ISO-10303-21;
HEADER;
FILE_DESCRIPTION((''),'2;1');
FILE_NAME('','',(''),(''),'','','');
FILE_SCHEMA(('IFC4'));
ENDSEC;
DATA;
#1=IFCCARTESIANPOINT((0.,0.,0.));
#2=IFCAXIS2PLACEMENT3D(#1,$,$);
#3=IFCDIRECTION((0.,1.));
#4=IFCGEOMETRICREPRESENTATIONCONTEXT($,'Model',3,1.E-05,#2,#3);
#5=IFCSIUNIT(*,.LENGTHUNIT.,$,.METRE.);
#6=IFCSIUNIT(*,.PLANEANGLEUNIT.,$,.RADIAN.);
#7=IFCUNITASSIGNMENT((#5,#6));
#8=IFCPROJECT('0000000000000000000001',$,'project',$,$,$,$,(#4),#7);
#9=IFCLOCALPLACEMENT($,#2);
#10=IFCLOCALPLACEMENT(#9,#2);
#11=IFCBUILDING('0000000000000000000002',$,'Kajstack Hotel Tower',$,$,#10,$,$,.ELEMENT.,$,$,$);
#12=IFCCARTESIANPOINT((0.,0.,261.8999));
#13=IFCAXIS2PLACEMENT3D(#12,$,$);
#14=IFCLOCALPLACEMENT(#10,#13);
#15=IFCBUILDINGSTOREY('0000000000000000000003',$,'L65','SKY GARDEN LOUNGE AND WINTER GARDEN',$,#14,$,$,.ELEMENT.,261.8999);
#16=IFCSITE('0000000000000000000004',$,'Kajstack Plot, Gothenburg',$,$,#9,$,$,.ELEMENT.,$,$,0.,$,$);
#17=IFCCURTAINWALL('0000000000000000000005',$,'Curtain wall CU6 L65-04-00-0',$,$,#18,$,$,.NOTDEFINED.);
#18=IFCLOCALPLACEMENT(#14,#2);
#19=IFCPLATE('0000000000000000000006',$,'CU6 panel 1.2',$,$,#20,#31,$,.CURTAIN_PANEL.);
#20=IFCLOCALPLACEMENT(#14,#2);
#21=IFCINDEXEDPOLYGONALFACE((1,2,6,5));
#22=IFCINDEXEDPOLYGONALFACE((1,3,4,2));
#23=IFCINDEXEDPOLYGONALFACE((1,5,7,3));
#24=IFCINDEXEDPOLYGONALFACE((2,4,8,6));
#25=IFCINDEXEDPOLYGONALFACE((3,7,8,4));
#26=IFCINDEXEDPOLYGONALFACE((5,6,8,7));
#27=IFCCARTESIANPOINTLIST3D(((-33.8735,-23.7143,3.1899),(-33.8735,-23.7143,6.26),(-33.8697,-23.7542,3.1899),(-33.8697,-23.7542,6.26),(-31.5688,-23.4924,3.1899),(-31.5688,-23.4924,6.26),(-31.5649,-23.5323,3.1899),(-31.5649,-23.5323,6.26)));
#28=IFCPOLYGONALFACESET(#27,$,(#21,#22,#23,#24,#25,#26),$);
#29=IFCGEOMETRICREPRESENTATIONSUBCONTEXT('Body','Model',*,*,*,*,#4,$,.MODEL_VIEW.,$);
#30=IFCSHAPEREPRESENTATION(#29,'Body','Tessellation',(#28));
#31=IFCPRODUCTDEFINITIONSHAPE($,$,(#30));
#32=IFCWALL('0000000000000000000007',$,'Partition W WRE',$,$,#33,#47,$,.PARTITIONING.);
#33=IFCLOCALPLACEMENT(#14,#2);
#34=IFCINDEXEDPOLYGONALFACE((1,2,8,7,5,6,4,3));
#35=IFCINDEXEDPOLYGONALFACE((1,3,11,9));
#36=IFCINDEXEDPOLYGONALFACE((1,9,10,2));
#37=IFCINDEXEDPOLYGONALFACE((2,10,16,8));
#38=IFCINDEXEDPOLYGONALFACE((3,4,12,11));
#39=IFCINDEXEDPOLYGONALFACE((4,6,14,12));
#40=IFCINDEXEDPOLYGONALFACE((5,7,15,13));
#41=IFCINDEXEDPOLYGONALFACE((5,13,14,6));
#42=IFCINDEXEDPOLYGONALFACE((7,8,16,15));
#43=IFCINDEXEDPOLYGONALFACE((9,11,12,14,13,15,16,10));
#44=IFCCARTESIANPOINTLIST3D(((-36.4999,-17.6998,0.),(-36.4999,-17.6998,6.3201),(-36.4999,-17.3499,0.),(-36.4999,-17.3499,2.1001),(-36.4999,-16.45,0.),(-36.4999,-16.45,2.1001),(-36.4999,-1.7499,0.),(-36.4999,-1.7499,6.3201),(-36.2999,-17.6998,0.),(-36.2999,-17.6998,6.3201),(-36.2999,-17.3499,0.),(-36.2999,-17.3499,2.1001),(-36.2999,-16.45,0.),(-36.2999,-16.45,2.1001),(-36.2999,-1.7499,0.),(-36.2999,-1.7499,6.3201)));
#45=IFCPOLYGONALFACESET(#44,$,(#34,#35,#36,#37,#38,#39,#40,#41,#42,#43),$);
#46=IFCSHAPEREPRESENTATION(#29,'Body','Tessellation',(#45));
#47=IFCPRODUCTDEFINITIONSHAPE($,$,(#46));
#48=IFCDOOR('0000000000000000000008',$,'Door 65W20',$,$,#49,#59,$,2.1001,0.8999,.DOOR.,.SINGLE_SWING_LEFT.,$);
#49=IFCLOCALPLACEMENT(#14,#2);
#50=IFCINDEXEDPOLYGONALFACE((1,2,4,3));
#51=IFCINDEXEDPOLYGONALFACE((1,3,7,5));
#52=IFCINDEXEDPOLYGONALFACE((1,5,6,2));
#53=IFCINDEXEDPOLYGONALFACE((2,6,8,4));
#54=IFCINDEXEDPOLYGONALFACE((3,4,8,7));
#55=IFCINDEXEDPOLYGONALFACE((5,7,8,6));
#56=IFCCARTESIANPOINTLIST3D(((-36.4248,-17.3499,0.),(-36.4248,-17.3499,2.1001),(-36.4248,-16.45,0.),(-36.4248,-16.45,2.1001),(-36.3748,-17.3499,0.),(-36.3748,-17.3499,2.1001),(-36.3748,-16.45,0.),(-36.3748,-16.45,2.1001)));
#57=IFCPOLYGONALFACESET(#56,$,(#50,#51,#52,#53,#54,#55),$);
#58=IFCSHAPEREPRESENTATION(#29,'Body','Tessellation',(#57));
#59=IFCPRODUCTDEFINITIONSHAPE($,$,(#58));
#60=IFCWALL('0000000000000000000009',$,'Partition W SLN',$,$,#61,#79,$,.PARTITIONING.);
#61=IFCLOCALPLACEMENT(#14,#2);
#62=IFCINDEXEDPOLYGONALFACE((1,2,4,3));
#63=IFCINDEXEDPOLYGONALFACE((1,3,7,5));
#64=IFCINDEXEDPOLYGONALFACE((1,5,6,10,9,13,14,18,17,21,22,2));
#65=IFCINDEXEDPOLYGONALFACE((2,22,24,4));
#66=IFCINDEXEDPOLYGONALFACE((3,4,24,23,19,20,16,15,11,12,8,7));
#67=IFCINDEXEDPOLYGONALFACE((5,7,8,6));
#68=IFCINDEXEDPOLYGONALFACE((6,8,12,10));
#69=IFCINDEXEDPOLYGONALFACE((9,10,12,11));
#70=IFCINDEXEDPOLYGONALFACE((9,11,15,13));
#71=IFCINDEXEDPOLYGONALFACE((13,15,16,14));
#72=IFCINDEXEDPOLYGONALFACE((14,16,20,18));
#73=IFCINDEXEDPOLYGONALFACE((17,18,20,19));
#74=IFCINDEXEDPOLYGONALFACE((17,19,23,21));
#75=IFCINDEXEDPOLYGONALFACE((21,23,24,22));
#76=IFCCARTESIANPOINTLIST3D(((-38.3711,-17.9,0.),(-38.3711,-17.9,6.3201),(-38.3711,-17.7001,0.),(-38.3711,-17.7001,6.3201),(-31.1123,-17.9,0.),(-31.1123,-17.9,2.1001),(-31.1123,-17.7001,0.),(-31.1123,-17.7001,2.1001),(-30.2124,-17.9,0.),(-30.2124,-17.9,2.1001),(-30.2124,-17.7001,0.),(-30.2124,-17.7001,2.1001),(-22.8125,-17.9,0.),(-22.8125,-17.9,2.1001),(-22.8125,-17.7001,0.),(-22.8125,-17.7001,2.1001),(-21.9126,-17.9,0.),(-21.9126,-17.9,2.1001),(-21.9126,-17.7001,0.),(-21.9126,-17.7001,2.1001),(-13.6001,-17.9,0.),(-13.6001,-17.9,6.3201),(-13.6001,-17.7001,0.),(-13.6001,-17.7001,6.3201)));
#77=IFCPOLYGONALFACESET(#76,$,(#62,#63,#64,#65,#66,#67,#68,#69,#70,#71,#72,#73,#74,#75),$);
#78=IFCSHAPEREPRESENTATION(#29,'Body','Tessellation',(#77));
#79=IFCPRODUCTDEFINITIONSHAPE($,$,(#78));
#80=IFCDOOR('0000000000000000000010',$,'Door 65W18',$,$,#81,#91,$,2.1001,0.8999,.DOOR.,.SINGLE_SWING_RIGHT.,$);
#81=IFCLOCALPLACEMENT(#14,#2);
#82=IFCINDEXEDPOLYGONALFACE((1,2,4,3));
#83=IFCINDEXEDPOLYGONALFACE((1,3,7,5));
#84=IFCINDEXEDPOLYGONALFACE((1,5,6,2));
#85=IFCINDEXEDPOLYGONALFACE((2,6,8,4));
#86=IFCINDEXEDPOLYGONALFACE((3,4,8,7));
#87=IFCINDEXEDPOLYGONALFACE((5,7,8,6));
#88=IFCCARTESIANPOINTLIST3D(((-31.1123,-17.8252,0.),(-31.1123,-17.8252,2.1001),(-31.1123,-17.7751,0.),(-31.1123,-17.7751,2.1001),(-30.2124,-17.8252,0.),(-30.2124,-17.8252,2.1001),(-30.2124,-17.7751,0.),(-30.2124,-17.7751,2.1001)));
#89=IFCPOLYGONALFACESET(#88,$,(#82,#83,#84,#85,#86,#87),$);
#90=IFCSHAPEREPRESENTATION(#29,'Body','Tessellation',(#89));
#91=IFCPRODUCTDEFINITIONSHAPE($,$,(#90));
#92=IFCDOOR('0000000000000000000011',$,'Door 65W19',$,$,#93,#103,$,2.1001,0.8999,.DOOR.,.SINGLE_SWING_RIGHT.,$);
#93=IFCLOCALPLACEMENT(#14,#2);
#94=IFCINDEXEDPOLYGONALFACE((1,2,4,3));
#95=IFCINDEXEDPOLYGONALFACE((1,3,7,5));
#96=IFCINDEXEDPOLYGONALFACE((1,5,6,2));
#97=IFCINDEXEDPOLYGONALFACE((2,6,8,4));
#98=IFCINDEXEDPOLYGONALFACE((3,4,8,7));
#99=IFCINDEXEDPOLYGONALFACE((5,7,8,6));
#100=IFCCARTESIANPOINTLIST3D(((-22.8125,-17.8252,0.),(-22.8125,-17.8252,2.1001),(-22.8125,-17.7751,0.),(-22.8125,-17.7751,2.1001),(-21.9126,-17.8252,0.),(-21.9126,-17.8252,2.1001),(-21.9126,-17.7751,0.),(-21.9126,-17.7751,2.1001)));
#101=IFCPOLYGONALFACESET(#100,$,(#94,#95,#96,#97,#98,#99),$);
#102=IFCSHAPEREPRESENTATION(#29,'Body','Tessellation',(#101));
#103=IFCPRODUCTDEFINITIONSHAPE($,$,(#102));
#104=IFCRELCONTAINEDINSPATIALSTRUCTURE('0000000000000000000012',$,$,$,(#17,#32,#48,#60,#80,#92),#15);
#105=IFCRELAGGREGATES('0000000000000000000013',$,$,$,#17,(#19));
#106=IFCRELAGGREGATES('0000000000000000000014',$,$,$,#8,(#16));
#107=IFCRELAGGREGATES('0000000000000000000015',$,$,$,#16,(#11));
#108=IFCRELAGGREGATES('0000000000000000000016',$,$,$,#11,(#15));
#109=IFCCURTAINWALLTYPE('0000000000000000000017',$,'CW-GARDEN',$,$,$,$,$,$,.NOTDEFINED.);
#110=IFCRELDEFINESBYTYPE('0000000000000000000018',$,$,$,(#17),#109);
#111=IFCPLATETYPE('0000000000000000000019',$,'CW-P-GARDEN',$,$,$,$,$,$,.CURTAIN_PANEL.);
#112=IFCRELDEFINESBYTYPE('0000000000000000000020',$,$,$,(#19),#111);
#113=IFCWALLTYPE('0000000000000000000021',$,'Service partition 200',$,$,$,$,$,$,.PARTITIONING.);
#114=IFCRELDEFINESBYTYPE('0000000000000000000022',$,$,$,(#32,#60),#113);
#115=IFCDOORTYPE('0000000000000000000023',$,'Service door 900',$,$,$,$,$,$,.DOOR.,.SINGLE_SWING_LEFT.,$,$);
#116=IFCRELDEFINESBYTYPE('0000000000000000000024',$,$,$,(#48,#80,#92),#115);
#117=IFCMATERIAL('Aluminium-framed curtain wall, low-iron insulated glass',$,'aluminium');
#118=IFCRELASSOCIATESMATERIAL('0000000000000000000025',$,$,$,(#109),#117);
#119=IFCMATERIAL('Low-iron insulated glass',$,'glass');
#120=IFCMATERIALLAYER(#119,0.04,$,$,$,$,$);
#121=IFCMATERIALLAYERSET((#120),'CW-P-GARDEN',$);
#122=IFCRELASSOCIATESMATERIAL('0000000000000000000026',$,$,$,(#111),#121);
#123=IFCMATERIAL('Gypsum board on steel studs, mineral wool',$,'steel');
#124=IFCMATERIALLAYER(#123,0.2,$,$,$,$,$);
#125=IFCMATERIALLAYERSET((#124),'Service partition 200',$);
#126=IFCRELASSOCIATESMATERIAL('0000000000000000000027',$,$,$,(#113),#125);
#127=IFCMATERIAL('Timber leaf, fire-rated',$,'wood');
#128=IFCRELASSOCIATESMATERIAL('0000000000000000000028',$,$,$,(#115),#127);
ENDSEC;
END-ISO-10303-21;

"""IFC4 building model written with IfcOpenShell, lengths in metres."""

from ifc_helpers import new_model, si_unit, direction, frame, frame_2d, origin, origin_2d, place, context, subcontext, project, spatial, rectangle, extrude, material, layer, layer_set, type_object, element, fill, aggregate, save


model = new_model("IFC4")

# Units and contexts
model_context = context("Model", 3, precision=1e-05, world=origin(), true_north=direction((0.0, 1.0)))
body_context = subcontext(model_context, "Body", "Model", "MODEL_VIEW")
ifc_project = project(units=[si_unit("LENGTHUNIT", "METRE"), si_unit("PLANEANGLEUNIT", "RADIAN")], contexts=[model_context])

# Site, building, storey
site_placement = place(None, origin())
site = spatial("IfcSite", under=ifc_project, at=site_placement, Name="Kajstack Plot, Gothenburg", CompositionType="ELEMENT", RefElevation=0.0)
building_placement = place(site_placement, origin())
building = spatial("IfcBuilding", under=site, at=building_placement, Name="Kajstack Hotel Tower", CompositionType="ELEMENT")
storey_placement = place(building_placement, frame((0.0, 0.0, 261.8999)))
storey = spatial("IfcBuildingStorey", under=building, at=storey_placement, Name="L65", Description="SKY GARDEN LOUNGE AND WINTER GARDEN", CompositionType="ELEMENT", Elevation=261.8999)

# Shared definitions
ifc_material_1 = material(Name="Aluminium-framed curtain wall, low-iron insulated glass", Category="aluminium")
curtain_wall_type = type_object("IfcCurtainWallType", Name="CW-GARDEN", PredefinedType="NOTDEFINED", material=ifc_material_1)

# Curtain wall
curtain_wall_1_placement = place(storey_placement, origin())
curtain_wall_1 = element("IfcCurtainWall", 1, at=curtain_wall_1_placement, inside=storey, type_object=curtain_wall_type, Name="Curtain wall CU6 L65-04-00-0", PredefinedType="NOTDEFINED")

# Plate
ifc_material_2 = material(Name="Low-iron insulated glass", Category="glass")
ifc_layer_1 = layer(ifc_material_2, 0.04)
ifc_layer_set_1 = layer_set([ifc_layer_1], Name="CW-P-GARDEN")
plate_type = type_object("IfcPlateType", Name="CW-P-GARDEN", PredefinedType="CURTAIN_PANEL", material=ifc_layer_set_1)
plate_1_placement = place(storey_placement, frame((-32.7192, -23.6233, 3.1899), z_axis=(0.0, 0.0, 1.0), x_axis=(0.995396, 0.095846, 0.0)))
plate_1 = element("IfcPlate", 2, at=plate_1_placement, type_object=plate_type, Name="CU6 panel 1.2", PredefinedType="CURTAIN_PANEL", context=body_context, shape_type="SweptSolid", body=[
    extrude(rectangle(XDim=2.3154, YDim=0.04, at=origin_2d()), origin(), (0.0, 0.0, 1.0), 3.0701),
])
aggregate(curtain_wall_1, [plate_1])

# Wall, opening, door
ifc_material_3 = material(Name="Gypsum board on steel studs, mineral wool", Category="steel")
ifc_layer_2 = layer(ifc_material_3, 0.2)
ifc_layer_set_2 = layer_set([ifc_layer_2], Name="Service partition 200")
wall_type = type_object("IfcWallType", Name="Service partition 200", PredefinedType="PARTITIONING", material=ifc_layer_set_2)
wall_1_placement = place(storey_placement, frame((-36.3999, -17.7, 0.0), z_axis=(0.0, 0.0, 1.0), x_axis=(0.0, 1.0, 0.0)))
wall_1 = element("IfcWall", 3, at=wall_1_placement, inside=storey, type_object=wall_type, Name="Partition W WRE", PredefinedType="PARTITIONING", context=body_context, shape_type="SweptSolid", body=[
    extrude(rectangle(XDim=15.95, YDim=0.2, at=frame_2d((7.9751, 0.0))), origin(), (0.0, 0.0, 1.0), 6.3201),
])
opening_1_placement = place(wall_1_placement, frame((0.3501, 0.0, 0.0)))
opening_1 = element("IfcOpeningElement", 4, at=opening_1_placement, cuts=wall_1, PredefinedType="OPENING", context=body_context, shape_type="SweptSolid", body=[
    extrude(rectangle(XDim=0.8999, YDim=2.1001, at=frame_2d((0.45, 1.05))), frame((0.0, 0.1099, 0.0), z_axis=(0.0, -1.0, 0.0), x_axis=(1.0, 0.0, 0.0)), (0.0, 0.0, 1.0), 0.22),
])
ifc_material_4 = material(Name="Timber leaf, fire-rated", Category="wood")
door_type = type_object("IfcDoorType", Name="Service door 900", OperationType="SINGLE_SWING_LEFT", PredefinedType="DOOR", material=ifc_material_4)
door_1_placement = place(opening_1_placement, origin())
door_1 = element("IfcDoor", 5, at=door_1_placement, inside=storey, type_object=door_type, Name="Door 65W20", OperationType="SINGLE_SWING_LEFT", OverallHeight=2.1001, OverallWidth=0.8999, PredefinedType="DOOR", context=body_context, shape_type="SweptSolid", body=[
    extrude(rectangle(XDim=0.8999, YDim=2.1001, at=frame_2d((0.45, 1.05))), frame((0.0, 0.0249, 0.0), z_axis=(0.0, -1.0, 0.0), x_axis=(1.0, 0.0, 0.0)), (0.0, 0.0, 1.0), 0.05),
])
fill(opening_1, door_1)

# Wall, openings, doors
wall_2_placement = place(storey_placement, frame((-38.3711, -17.8, 0.0), z_axis=(0.0, 0.0, 1.0), x_axis=(1.0, 0.0, 0.0)))
wall_2 = element("IfcWall", 6, at=wall_2_placement, inside=storey, type_object=wall_type, Name="Partition W SLN", PredefinedType="PARTITIONING", context=body_context, shape_type="SweptSolid", body=[
    extrude(rectangle(XDim=24.771, YDim=0.2, at=frame_2d((12.3855, 0.0))), origin(), (0.0, 0.0, 1.0), 6.3201),
])
opening_2_placement = place(wall_2_placement, frame((7.2588, 0.0, 0.0)))
opening_2 = element("IfcOpeningElement", 7, at=opening_2_placement, cuts=wall_2, PredefinedType="OPENING", context=body_context, shape_type="SweptSolid", body=[
    extrude(rectangle(XDim=0.8999, YDim=2.1001, at=frame_2d((0.45, 1.05))), frame((0.0, 0.1099, 0.0), z_axis=(0.0, -1.0, 0.0), x_axis=(1.0, 0.0, 0.0)), (0.0, 0.0, 1.0), 0.22),
])
opening_3_placement = place(wall_2_placement, frame((15.5586, 0.0, 0.0)))
opening_3 = element("IfcOpeningElement", 8, at=opening_3_placement, cuts=wall_2, PredefinedType="OPENING", context=body_context, shape_type="SweptSolid", body=[
    extrude(rectangle(XDim=0.8999, YDim=2.1001, at=frame_2d((0.45, 1.05))), frame((0.0, 0.1099, 0.0), z_axis=(0.0, -1.0, 0.0), x_axis=(1.0, 0.0, 0.0)), (0.0, 0.0, 1.0), 0.22),
])
door_2_placement = place(opening_2_placement, origin())
door_2 = element("IfcDoor", 9, at=door_2_placement, inside=storey, type_object=door_type, Name="Door 65W18", OperationType="SINGLE_SWING_RIGHT", OverallHeight=2.1001, OverallWidth=0.8999, PredefinedType="DOOR", context=body_context, shape_type="SweptSolid", body=[
    extrude(rectangle(XDim=0.8999, YDim=2.1001, at=frame_2d((0.45, 1.05))), frame((0.0, 0.0249, 0.0), z_axis=(0.0, -1.0, 0.0), x_axis=(1.0, 0.0, 0.0)), (0.0, 0.0, 1.0), 0.05),
])
fill(opening_2, door_2)
door_3_placement = place(opening_3_placement, origin())
door_3 = element("IfcDoor", 10, at=door_3_placement, inside=storey, type_object=door_type, Name="Door 65W19", OperationType="SINGLE_SWING_RIGHT", OverallHeight=2.1001, OverallWidth=0.8999, PredefinedType="DOOR", context=body_context, shape_type="SweptSolid", body=[
    extrude(rectangle(XDim=0.8999, YDim=2.1001, at=frame_2d((0.45, 1.05))), frame((0.0, 0.0249, 0.0), z_axis=(0.0, -1.0, 0.0), x_axis=(1.0, 0.0, 0.0)), (0.0, 0.0, 1.0), 0.05),
])
fill(opening_3, door_3)

save(model, "model.ifc")
